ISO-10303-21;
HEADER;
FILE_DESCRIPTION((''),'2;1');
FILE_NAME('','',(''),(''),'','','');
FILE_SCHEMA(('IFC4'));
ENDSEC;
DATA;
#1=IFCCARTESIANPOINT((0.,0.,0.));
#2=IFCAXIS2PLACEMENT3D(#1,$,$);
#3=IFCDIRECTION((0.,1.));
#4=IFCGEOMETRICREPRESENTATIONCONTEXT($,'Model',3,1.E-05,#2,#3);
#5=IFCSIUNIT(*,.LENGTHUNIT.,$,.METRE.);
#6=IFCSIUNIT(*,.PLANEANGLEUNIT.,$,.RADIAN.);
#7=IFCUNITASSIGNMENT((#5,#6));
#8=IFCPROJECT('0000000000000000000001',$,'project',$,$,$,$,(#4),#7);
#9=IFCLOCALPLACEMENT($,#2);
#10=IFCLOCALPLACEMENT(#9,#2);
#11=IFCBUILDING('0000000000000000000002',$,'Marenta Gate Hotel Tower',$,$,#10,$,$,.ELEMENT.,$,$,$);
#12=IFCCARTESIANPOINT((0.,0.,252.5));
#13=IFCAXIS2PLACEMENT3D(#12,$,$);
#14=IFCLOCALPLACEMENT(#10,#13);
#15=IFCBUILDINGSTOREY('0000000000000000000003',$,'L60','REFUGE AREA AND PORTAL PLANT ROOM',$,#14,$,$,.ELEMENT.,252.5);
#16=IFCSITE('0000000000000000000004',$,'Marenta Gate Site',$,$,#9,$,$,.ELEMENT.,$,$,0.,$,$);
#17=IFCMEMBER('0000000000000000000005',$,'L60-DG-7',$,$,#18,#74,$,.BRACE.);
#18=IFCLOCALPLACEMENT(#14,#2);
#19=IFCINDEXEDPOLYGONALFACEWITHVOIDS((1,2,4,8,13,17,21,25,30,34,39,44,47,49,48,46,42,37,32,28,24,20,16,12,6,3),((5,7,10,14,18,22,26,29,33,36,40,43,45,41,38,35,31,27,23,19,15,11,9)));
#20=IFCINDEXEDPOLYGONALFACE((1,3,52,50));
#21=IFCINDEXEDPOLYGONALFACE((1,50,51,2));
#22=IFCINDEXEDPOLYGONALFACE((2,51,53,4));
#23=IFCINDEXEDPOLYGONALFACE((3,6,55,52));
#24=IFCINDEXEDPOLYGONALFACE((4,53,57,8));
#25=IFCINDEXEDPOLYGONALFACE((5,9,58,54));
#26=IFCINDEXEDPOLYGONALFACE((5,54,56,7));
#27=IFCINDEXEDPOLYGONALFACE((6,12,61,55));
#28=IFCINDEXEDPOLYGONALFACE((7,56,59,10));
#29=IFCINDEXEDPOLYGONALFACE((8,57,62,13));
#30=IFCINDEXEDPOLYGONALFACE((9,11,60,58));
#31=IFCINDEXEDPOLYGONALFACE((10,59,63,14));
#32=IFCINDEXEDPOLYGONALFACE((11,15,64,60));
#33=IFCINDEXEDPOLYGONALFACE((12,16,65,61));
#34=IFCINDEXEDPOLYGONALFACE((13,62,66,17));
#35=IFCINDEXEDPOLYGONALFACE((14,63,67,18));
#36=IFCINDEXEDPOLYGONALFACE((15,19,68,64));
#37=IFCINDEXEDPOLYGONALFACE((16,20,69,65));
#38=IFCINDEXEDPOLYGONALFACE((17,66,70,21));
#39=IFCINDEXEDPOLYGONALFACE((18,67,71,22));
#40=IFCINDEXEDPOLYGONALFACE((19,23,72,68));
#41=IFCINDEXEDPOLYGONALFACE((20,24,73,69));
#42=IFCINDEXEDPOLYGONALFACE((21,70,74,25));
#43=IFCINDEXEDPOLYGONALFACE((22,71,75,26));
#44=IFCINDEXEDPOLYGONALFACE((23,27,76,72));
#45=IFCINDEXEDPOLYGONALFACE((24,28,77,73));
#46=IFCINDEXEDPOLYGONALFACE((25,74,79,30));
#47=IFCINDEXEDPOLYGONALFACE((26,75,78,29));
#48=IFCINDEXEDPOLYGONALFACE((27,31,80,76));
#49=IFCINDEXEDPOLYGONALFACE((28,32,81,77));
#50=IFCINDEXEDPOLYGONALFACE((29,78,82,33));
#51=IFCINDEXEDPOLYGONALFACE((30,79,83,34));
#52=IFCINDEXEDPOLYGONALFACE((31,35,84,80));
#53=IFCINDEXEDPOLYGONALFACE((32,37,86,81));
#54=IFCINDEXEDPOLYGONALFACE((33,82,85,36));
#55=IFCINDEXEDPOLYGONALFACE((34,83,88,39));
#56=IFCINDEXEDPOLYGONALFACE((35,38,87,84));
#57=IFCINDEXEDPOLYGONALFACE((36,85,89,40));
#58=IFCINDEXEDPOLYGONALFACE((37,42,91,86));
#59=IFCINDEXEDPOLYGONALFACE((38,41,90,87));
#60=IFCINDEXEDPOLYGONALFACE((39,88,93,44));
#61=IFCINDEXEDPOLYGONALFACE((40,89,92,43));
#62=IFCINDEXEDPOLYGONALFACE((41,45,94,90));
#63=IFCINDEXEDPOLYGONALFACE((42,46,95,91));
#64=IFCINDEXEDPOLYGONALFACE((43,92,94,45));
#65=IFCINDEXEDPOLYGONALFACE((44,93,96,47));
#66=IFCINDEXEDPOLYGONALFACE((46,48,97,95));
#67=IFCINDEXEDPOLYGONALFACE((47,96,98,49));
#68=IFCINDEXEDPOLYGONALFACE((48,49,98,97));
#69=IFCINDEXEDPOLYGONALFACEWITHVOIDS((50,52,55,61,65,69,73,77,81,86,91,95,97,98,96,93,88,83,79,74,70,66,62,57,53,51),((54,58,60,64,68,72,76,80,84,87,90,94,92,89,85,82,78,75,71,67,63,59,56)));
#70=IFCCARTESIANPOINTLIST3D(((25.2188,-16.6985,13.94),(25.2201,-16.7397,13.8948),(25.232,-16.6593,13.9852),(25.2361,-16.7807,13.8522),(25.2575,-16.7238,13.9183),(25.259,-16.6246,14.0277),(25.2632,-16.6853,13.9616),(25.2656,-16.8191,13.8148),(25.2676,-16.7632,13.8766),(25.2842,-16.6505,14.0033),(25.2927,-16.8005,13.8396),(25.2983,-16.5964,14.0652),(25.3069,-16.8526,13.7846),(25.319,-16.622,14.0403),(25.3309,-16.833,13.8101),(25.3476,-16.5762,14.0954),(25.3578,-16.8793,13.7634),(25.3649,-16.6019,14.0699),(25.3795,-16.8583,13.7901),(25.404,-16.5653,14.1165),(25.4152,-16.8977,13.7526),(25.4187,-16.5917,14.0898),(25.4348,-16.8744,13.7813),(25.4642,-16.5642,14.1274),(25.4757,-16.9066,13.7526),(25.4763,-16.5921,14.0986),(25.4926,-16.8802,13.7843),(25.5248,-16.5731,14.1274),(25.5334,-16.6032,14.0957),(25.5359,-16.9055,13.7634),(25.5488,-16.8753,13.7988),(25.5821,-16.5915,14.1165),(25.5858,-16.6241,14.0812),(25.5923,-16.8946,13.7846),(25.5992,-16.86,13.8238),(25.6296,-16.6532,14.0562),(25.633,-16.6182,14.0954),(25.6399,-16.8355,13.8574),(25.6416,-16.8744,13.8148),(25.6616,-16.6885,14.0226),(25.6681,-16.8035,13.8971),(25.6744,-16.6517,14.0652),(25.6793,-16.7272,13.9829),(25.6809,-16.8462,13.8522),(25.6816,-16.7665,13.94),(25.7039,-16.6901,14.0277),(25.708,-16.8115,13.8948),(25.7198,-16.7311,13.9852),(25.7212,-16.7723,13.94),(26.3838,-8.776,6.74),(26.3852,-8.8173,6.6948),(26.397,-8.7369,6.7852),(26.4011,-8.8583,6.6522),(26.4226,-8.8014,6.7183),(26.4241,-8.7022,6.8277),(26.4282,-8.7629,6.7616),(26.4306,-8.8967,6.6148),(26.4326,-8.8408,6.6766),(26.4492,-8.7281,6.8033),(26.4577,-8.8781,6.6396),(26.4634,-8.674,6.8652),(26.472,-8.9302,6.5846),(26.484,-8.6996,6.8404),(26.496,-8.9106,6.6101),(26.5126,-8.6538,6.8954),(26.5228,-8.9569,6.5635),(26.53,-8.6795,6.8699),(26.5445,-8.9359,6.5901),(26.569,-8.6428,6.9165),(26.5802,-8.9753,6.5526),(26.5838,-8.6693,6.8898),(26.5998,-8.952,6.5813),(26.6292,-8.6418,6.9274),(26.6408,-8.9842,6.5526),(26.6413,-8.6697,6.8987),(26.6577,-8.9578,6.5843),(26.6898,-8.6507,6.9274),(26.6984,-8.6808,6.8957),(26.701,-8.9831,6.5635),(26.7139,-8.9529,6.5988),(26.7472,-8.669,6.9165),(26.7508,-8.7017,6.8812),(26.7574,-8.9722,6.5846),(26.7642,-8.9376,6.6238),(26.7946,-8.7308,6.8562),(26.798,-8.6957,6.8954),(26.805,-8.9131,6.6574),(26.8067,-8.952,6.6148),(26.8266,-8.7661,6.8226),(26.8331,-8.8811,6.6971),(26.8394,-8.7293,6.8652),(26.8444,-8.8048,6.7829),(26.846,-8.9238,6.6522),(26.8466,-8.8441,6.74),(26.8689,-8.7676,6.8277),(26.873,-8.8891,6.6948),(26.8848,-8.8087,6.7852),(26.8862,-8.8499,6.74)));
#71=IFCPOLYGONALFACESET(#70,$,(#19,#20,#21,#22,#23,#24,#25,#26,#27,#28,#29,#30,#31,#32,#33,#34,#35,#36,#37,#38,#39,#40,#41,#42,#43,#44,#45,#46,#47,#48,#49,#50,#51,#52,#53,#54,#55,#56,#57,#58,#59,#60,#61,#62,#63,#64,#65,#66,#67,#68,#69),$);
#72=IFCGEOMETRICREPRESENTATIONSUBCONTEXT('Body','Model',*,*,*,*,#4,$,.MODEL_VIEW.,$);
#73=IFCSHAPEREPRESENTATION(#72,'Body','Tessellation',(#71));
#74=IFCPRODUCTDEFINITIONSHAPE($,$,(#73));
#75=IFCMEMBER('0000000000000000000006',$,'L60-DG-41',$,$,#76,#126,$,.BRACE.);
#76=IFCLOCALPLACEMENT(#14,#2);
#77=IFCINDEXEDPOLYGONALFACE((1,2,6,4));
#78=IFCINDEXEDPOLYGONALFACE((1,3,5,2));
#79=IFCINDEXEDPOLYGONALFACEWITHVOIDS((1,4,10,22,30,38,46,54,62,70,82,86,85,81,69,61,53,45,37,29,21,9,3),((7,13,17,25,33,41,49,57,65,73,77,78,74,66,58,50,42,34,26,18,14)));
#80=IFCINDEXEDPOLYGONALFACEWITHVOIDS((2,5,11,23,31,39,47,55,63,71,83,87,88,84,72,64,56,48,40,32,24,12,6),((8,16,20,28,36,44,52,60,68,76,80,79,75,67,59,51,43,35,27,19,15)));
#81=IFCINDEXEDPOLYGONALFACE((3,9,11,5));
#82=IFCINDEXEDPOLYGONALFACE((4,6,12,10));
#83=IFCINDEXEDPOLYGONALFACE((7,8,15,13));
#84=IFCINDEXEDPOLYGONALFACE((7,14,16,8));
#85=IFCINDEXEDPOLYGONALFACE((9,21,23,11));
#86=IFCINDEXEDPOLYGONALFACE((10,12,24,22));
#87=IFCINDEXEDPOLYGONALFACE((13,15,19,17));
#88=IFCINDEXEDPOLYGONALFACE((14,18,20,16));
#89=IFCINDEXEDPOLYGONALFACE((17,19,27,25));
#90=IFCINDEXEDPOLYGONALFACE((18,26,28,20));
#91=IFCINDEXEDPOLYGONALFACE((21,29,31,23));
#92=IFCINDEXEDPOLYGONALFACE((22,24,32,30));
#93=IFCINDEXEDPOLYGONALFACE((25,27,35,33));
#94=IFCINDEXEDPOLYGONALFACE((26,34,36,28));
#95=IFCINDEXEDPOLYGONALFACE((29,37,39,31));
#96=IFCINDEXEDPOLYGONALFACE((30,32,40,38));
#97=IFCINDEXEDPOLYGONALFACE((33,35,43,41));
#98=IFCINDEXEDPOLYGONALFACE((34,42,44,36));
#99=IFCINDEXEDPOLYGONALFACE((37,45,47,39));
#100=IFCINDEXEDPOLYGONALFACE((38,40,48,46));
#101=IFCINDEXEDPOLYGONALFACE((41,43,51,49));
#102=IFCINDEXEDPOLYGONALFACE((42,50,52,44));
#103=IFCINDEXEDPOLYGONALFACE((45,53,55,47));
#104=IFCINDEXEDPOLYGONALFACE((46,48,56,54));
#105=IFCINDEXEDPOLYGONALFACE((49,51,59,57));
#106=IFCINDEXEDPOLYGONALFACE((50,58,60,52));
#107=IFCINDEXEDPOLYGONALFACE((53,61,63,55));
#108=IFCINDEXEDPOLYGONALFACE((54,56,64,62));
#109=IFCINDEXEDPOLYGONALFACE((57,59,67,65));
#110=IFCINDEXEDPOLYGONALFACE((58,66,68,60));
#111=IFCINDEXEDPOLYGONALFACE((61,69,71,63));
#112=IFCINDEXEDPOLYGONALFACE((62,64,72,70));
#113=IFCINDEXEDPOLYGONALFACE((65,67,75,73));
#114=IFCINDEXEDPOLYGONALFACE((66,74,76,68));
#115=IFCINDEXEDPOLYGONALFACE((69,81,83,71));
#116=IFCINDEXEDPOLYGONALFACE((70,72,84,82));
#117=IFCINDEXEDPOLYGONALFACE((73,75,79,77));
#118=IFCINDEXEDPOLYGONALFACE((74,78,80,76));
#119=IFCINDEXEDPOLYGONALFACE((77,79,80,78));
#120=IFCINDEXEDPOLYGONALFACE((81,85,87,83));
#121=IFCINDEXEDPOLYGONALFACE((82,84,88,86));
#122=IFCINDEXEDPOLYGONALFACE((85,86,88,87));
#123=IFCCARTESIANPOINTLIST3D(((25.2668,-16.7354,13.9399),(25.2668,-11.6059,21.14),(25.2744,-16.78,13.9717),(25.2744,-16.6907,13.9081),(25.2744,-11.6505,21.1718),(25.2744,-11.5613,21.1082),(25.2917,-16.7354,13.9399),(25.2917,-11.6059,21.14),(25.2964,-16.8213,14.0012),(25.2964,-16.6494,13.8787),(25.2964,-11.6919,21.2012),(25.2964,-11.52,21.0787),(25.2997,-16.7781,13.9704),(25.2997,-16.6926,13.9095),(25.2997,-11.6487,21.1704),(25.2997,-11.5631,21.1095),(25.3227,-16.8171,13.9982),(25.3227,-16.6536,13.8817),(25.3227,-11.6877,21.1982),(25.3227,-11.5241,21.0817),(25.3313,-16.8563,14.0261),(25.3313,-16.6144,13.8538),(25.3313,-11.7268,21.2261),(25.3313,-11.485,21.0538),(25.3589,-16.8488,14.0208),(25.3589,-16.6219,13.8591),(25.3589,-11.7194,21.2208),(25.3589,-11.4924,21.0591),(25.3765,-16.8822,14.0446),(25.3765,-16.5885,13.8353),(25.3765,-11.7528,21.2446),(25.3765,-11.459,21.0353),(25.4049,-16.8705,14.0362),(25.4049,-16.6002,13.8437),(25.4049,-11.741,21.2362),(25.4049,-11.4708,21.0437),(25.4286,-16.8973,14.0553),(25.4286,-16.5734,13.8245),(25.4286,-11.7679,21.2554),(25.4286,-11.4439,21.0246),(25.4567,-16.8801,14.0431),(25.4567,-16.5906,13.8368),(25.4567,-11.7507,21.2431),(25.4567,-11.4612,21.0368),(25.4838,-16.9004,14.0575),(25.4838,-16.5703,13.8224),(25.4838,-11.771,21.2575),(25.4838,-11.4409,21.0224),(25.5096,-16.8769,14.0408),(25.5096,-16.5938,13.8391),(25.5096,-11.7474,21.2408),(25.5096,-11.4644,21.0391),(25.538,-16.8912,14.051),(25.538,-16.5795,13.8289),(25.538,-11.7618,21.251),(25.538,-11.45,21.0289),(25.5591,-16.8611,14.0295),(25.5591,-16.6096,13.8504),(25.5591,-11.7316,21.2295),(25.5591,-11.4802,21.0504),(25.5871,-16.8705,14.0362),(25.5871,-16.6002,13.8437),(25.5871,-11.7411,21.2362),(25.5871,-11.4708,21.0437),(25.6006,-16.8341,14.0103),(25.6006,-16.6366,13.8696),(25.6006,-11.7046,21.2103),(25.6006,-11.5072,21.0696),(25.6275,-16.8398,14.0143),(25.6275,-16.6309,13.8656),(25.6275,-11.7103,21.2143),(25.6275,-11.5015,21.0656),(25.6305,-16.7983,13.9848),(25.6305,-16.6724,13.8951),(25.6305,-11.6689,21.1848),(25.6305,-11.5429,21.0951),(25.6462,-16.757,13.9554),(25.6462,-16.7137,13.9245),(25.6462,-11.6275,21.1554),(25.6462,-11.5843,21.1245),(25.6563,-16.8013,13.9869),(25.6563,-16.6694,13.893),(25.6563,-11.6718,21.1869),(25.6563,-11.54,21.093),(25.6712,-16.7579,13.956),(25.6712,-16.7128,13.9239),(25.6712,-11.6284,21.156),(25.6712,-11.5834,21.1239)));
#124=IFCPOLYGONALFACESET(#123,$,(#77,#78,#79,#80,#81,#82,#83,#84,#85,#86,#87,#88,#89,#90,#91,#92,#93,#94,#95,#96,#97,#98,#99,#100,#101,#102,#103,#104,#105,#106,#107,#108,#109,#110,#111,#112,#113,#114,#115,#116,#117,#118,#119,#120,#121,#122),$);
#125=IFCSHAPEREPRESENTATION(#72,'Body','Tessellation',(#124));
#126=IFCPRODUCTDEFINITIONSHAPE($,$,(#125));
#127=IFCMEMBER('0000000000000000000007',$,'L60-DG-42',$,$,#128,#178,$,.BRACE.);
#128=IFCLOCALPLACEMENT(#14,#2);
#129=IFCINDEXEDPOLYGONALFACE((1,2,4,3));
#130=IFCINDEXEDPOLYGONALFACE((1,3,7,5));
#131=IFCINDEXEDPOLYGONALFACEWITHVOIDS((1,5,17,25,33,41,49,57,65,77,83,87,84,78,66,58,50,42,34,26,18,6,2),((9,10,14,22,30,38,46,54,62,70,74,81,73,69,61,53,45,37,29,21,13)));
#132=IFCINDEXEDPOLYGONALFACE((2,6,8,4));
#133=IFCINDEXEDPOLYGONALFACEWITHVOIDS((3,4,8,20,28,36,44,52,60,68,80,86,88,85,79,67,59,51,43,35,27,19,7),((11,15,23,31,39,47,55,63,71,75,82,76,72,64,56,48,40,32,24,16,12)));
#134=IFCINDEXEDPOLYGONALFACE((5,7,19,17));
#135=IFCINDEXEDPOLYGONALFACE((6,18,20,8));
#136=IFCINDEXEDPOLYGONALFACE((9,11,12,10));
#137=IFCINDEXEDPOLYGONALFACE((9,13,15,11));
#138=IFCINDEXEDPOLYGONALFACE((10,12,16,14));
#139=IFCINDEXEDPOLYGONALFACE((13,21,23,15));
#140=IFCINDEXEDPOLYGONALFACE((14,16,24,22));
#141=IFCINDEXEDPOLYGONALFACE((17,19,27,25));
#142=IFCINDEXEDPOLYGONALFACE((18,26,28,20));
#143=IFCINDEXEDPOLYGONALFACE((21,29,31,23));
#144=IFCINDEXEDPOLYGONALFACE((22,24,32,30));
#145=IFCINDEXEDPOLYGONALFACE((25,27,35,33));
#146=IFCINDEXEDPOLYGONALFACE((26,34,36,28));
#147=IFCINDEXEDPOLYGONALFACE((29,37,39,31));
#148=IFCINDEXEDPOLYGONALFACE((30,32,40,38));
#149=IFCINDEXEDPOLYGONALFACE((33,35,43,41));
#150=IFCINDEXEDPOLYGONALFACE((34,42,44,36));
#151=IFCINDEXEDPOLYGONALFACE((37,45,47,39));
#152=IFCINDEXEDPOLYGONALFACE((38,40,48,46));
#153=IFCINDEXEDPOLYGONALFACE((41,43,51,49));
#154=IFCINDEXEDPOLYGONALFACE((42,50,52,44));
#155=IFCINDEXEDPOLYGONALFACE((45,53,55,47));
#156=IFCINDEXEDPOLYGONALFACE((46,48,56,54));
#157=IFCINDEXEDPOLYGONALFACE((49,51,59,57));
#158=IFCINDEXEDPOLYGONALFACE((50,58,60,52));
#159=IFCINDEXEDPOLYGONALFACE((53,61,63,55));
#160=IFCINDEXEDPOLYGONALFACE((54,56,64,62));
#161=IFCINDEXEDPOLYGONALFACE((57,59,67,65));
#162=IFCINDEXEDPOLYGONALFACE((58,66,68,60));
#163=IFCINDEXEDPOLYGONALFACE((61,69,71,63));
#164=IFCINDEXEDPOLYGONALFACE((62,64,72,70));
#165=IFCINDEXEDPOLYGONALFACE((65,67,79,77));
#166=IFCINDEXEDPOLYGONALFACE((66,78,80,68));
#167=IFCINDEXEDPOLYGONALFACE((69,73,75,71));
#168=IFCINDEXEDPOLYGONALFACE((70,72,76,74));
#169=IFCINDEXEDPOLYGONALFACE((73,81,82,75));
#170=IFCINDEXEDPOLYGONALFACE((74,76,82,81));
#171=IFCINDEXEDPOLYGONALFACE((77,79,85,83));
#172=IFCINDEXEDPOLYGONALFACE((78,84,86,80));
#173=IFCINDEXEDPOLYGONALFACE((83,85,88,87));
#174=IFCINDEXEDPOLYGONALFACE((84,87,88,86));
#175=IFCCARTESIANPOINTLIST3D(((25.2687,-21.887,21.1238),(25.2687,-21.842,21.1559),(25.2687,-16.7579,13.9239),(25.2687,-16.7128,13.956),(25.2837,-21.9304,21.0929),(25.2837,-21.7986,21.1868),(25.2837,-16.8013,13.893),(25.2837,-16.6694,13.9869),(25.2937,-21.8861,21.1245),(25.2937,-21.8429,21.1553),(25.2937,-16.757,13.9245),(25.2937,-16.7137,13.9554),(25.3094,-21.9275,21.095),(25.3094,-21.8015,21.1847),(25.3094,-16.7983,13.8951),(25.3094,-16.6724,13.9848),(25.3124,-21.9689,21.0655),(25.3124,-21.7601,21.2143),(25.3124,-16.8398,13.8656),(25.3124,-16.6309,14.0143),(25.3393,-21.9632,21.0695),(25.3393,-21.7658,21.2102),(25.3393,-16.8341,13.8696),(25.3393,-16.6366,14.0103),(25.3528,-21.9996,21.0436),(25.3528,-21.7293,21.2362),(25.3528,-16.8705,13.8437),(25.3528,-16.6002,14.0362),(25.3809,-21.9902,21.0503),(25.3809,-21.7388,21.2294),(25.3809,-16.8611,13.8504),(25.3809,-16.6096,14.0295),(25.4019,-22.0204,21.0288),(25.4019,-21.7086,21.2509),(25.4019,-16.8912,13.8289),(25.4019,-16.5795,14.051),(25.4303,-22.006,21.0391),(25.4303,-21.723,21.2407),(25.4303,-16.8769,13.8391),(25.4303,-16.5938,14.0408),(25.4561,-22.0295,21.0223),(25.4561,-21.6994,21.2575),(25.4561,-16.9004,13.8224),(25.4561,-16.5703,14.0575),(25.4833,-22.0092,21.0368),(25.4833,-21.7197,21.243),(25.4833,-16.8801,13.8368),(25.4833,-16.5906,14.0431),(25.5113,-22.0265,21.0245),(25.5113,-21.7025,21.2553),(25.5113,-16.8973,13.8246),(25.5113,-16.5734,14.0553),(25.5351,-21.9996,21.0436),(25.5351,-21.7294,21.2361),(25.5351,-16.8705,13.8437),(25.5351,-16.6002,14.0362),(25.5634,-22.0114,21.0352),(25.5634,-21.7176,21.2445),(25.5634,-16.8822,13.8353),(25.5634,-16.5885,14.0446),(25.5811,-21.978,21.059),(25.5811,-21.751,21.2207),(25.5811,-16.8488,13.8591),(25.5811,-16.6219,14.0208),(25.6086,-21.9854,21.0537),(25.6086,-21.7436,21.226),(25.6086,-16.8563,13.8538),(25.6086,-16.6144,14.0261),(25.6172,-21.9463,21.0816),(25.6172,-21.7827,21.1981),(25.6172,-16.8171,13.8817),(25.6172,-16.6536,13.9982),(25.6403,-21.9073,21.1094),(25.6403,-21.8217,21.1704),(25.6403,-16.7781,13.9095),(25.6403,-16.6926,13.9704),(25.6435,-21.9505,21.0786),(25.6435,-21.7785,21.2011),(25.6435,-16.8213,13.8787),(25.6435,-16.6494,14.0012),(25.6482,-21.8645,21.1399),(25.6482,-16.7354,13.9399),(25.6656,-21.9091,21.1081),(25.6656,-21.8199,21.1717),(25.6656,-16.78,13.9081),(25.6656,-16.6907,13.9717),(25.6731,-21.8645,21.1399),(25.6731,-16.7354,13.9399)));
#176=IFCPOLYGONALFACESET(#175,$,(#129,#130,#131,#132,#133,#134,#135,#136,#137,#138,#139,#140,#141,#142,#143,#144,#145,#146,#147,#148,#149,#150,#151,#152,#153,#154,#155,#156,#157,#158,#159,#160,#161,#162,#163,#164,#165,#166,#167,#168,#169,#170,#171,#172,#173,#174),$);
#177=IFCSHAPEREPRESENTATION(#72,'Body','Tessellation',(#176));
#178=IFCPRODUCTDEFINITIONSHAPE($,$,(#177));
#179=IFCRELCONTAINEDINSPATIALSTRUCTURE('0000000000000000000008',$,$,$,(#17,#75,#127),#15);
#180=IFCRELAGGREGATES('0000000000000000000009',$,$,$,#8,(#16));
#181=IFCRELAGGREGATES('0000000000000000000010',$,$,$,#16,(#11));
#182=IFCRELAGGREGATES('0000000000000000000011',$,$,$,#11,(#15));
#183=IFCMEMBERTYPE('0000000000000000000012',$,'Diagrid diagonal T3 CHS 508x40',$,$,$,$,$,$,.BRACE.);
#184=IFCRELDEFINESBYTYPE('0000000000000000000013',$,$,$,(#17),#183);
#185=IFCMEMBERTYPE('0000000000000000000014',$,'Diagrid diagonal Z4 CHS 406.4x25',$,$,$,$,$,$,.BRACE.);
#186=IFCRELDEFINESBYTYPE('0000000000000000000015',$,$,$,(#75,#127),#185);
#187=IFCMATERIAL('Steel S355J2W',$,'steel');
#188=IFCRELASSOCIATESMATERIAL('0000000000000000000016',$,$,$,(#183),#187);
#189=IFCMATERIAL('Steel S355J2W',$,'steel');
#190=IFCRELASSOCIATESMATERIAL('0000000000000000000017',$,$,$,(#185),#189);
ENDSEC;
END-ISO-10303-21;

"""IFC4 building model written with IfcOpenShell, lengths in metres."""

from ifc_helpers import new_model, si_unit, direction, frame, origin, origin_2d, place, context, subcontext, project, spatial, hollow_circle, extrude, material, material_profile, profile_set, type_object, element, save


model = new_model("IFC4")

# Units and contexts
model_context = context("Model", 3, precision=1e-05, world=origin(), true_north=direction((0.0, 1.0)))
body_context = subcontext(model_context, "Body", "Model", "MODEL_VIEW")
ifc_project = project(units=[si_unit("LENGTHUNIT", "METRE"), si_unit("PLANEANGLEUNIT", "RADIAN")], contexts=[model_context])

# Site, building, storey
site_placement = place(None, origin())
site = spatial("IfcSite", under=ifc_project, at=site_placement, Name="Marenta Gate Site", CompositionType="ELEMENT", RefElevation=0.0)
building_placement = place(site_placement, origin())
building = spatial("IfcBuilding", under=site, at=building_placement, Name="Marenta Gate Hotel Tower", CompositionType="ELEMENT")
storey_placement = place(building_placement, frame((0.0, 0.0, 252.5)))
storey = spatial("IfcBuildingStorey", under=building, at=storey_placement, Name="L60", Description="REFUGE AREA AND PORTAL PLANT ROOM", CompositionType="ELEMENT", Elevation=252.5)

# Members
ifc_material_1 = material(Name="Steel S355J2W", Category="steel")
ifc_material_profile_1 = material_profile(ifc_material_1, hollow_circle(Radius=0.2539, WallThickness=0.04, at=origin_2d()), Name="CHS 508x40")
ifc_profile_set_1 = profile_set([ifc_material_profile_1], Name="Steel S355J2W")
member_type_1 = type_object("IfcMemberType", Name="Diagrid diagonal T3 CHS 508x40", PredefinedType="BRACE", material=ifc_profile_set_1)
member_1_placement = place(storey_placement, frame((26.635, -8.813, 6.74), z_axis=(-0.10819, -0.735698, 0.668613), x_axis=(0.989359, -0.145492, 0.0)))
element("IfcMember", 1, at=member_1_placement, inside=storey, type_object=member_type_1, Name="L60-DG-7", PredefinedType="BRACE", context=body_context, shape_type="SweptSolid", body=[
    extrude(hollow_circle(Radius=0.2539, WallThickness=0.04, at=origin_2d()), origin(), (0.0, 0.0, 1.0), 10.7686),
])
ifc_material_2 = material(Name="Steel S355J2W", Category="steel")
ifc_material_profile_2 = material_profile(ifc_material_2, hollow_circle(Radius=0.2031, WallThickness=0.0249, at=origin_2d()), Name="CHS 406.4x25")
ifc_profile_set_2 = profile_set([ifc_material_profile_2], Name="Steel S355J2W")
member_type_2 = type_object("IfcMemberType", Name="Diagrid diagonal Z4 CHS 406.4x25", PredefinedType="BRACE", material=ifc_profile_set_2)
member_2_placement = place(storey_placement, frame((25.47, -16.7354, 13.9399), z_axis=(0.0, 0.580232, 0.814451), x_axis=(-1.0, 0.0, 0.0)))
element("IfcMember", 2, at=member_2_placement, inside=storey, type_object=member_type_2, Name="L60-DG-41", PredefinedType="BRACE", context=body_context, shape_type="SweptSolid", body=[
    extrude(hollow_circle(Radius=0.2031, WallThickness=0.0249, at=origin_2d()), origin(), (0.0, 0.0, 1.0), 8.8403),
])
member_3_placement = place(storey_placement, frame((25.47, -16.7354, 13.9399), z_axis=(0.0, -0.580214, 0.814464), x_axis=(1.0, 0.0, 0.0)))
element("IfcMember", 3, at=member_3_placement, inside=storey, type_object=member_type_2, Name="L60-DG-42", PredefinedType="BRACE", context=body_context, shape_type="SweptSolid", body=[
    extrude(hollow_circle(Radius=0.2031, WallThickness=0.0249, at=origin_2d()), origin(), (0.0, 0.0, 1.0), 8.8401),
])

save(model, "model.ifc")
